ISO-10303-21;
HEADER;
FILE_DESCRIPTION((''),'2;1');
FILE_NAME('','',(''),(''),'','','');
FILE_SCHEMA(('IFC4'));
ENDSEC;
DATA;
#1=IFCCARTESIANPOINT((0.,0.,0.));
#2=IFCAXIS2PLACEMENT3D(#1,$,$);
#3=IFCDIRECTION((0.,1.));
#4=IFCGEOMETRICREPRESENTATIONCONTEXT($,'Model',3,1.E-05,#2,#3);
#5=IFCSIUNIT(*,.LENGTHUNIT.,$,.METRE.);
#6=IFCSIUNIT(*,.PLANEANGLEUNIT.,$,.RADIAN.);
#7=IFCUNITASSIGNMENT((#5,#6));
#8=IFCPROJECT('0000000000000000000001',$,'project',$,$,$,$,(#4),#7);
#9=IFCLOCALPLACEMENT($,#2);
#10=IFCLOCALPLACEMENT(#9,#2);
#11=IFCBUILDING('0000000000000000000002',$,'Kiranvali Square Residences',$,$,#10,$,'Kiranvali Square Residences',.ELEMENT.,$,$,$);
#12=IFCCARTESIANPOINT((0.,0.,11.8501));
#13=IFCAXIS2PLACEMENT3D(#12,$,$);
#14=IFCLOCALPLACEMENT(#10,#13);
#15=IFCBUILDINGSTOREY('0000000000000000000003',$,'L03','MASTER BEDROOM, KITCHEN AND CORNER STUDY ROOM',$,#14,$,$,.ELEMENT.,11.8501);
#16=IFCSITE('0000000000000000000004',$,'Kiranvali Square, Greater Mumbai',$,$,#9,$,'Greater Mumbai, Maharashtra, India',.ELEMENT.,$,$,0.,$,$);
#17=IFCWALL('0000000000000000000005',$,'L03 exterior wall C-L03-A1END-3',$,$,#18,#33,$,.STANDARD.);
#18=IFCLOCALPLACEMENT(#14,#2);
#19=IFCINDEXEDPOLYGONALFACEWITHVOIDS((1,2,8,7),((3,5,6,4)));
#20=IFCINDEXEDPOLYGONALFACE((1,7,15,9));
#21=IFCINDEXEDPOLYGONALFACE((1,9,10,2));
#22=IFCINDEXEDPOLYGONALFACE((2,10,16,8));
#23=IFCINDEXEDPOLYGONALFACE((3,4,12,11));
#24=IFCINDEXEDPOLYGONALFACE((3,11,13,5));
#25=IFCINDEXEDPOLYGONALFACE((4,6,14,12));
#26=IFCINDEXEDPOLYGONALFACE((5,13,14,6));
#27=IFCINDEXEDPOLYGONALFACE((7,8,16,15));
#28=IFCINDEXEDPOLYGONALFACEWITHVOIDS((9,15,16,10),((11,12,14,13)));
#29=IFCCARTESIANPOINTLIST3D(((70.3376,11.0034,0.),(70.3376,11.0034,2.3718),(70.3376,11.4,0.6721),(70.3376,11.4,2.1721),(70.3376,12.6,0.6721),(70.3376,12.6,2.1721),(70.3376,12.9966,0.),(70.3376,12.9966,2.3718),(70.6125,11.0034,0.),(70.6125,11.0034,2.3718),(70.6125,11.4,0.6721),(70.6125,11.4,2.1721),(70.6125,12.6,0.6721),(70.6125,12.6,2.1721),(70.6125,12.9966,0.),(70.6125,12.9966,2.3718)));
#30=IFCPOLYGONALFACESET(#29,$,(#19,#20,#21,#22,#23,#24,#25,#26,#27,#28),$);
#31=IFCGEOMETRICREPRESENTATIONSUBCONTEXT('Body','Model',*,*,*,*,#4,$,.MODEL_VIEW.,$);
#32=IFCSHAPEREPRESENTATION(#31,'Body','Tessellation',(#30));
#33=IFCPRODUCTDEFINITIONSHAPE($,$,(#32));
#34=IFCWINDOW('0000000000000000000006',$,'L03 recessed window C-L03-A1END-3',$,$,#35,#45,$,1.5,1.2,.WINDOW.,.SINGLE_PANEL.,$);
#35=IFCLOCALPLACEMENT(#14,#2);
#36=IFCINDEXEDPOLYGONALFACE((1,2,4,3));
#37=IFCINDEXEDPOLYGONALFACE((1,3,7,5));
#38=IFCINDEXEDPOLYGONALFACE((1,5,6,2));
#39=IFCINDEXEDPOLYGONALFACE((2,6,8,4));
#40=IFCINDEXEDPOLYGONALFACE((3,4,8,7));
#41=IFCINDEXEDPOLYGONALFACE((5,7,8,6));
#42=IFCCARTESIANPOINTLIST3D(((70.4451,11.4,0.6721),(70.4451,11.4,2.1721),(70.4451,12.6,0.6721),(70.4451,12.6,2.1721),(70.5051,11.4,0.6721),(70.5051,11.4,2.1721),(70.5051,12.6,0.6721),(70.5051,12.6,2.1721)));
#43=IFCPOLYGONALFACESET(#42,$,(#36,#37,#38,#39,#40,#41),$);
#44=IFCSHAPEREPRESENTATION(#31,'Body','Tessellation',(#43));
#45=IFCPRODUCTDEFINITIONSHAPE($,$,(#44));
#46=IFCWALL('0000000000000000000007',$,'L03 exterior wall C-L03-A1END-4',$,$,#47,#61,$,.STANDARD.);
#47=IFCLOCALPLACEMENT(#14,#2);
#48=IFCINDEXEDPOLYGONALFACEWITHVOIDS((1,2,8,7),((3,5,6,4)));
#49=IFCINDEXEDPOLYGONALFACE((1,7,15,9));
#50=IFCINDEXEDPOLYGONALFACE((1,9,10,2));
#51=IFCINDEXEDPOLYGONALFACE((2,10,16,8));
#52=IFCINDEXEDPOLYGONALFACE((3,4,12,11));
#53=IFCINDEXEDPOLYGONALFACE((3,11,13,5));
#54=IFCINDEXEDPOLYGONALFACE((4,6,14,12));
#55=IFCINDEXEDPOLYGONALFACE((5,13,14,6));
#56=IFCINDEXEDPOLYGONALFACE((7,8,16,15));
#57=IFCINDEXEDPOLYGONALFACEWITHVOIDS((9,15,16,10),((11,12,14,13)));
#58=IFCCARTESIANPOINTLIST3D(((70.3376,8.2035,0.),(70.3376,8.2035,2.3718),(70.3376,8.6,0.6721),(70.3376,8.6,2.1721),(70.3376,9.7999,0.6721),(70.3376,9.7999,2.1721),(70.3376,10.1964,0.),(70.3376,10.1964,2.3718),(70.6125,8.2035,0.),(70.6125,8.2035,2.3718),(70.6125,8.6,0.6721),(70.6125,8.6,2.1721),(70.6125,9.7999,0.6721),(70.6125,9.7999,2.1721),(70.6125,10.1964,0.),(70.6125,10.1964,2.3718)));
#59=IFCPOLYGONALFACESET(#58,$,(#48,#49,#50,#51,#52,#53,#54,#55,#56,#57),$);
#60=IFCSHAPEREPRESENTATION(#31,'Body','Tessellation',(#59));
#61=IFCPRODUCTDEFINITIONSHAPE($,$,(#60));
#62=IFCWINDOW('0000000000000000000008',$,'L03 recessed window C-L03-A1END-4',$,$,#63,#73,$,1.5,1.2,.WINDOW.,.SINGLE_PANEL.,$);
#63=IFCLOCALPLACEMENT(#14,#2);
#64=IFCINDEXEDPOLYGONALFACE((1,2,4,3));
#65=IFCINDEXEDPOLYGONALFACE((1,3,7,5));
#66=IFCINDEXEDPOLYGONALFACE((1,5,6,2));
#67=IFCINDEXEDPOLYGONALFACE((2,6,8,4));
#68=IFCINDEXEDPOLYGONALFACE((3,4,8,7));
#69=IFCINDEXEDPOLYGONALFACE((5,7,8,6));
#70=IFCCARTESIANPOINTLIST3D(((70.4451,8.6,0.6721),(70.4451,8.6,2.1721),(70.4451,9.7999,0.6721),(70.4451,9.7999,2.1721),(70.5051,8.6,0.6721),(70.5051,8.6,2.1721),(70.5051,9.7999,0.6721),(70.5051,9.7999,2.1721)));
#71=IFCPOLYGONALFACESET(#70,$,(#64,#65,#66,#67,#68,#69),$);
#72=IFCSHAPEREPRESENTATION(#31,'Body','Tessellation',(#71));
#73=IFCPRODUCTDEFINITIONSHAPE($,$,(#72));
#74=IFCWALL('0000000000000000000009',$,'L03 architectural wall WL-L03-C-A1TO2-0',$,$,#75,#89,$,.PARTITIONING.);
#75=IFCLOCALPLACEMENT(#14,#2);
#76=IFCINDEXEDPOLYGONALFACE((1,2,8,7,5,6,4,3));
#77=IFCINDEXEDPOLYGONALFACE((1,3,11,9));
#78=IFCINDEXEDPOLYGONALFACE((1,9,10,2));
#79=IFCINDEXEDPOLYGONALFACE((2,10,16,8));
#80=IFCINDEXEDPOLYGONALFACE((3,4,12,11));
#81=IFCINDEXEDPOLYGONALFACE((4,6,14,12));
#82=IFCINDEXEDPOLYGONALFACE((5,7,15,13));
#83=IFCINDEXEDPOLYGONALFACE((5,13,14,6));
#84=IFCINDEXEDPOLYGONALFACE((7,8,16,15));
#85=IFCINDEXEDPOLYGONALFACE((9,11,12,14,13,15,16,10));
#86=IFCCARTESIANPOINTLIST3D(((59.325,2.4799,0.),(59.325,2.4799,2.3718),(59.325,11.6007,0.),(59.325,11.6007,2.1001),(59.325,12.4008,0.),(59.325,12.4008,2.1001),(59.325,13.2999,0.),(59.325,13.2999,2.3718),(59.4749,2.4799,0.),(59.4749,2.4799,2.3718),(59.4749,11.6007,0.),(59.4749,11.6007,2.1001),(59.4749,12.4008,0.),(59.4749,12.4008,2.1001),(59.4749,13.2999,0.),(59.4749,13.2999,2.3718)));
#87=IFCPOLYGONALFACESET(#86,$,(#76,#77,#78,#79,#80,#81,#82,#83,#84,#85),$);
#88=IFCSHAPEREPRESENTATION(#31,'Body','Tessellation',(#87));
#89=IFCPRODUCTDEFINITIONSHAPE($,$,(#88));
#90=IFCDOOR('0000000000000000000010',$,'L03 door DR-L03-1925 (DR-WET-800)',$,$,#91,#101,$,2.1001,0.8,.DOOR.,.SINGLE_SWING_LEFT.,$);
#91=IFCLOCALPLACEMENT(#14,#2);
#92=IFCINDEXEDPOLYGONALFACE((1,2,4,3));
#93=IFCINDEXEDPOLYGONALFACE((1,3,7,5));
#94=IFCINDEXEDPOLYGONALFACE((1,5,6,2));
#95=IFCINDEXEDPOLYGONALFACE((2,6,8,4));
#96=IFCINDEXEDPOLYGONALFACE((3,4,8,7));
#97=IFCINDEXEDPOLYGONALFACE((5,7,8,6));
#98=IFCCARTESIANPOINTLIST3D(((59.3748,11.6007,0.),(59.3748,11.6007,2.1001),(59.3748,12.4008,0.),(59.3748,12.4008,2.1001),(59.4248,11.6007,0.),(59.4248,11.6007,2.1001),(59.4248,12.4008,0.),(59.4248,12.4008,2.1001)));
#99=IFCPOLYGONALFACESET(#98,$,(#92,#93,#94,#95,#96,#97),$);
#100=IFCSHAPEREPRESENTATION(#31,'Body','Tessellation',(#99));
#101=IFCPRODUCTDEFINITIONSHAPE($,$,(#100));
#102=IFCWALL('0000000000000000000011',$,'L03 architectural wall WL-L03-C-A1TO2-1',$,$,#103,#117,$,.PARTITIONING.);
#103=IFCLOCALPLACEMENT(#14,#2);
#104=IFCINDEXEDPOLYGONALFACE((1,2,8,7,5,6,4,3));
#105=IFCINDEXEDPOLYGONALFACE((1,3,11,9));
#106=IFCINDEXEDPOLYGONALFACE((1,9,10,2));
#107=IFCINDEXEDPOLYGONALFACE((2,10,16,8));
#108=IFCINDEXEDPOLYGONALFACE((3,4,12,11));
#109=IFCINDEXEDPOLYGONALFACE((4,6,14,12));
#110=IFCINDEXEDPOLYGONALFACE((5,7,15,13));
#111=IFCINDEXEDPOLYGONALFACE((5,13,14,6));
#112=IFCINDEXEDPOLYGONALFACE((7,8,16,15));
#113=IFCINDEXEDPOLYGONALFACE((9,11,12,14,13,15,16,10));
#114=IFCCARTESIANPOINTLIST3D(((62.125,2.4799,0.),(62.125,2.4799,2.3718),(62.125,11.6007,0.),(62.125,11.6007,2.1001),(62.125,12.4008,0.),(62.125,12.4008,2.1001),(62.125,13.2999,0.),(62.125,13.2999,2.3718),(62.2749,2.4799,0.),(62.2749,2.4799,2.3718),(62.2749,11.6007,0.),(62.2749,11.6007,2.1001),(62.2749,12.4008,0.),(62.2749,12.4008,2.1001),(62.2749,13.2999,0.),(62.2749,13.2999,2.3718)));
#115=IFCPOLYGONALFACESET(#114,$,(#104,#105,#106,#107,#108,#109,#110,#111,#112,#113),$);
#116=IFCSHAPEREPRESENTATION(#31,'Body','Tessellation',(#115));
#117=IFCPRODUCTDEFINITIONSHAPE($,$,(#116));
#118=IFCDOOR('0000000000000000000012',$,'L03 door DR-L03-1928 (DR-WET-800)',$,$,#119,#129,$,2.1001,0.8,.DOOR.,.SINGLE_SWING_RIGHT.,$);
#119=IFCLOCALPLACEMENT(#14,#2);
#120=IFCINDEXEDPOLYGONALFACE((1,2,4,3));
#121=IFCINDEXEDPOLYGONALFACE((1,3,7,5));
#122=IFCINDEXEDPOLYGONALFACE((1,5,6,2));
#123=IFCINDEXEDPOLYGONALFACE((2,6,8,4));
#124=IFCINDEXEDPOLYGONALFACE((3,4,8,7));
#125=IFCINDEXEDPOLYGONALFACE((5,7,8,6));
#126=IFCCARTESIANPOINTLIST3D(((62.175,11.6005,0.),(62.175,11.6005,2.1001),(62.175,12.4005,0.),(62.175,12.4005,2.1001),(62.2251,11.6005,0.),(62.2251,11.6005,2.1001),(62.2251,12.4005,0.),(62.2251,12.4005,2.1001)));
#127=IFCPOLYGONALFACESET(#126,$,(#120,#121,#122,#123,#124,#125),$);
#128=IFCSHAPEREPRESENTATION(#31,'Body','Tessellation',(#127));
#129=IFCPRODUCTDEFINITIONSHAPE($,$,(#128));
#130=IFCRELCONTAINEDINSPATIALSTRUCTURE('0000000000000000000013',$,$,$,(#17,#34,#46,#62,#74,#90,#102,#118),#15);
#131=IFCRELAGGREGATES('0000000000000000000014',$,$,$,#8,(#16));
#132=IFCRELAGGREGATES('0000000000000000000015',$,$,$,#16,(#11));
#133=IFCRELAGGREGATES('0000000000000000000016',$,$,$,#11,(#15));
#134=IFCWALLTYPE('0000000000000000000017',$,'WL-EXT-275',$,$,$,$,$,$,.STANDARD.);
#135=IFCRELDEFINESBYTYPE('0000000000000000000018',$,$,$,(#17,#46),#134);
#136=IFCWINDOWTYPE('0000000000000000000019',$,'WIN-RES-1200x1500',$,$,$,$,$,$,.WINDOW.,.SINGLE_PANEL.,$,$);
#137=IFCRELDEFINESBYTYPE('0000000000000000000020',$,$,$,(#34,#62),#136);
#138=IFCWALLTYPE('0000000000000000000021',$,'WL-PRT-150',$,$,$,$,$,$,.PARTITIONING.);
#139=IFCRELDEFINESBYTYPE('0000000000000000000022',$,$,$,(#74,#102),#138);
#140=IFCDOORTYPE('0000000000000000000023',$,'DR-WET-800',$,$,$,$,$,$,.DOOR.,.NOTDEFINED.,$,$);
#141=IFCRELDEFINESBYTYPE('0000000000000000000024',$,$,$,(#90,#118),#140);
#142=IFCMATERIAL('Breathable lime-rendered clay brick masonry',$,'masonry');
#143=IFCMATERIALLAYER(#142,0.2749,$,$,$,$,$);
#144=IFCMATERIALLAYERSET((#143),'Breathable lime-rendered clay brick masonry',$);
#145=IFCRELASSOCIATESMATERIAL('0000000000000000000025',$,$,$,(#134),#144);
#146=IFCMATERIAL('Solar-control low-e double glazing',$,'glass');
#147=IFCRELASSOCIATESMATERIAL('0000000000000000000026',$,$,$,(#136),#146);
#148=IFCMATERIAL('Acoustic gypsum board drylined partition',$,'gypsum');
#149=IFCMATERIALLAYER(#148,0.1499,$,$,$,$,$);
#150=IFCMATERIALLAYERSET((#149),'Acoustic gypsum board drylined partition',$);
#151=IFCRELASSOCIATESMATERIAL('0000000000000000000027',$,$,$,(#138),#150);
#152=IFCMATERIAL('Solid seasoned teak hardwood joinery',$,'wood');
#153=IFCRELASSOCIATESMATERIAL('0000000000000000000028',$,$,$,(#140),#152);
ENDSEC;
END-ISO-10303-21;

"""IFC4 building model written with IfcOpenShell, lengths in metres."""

from ifc_helpers import new_model, si_unit, direction, frame, frame_2d, origin, place, context, subcontext, project, spatial, rectangle, extrude, material, layer, layer_set, type_object, element, fill, save


model = new_model("IFC4")

# Units and contexts
model_context = context("Model", 3, precision=1e-05, world=origin(), true_north=direction((0.0, 1.0)))
body_context = subcontext(model_context, "Body", "Model", "MODEL_VIEW")
ifc_project = project(units=[si_unit("LENGTHUNIT", "METRE"), si_unit("PLANEANGLEUNIT", "RADIAN")], contexts=[model_context])

# Site, building, storey
site_placement = place(None, origin())
site = spatial("IfcSite", under=ifc_project, at=site_placement, Name="Kiranvali Square, Greater Mumbai", LongName="Greater Mumbai, Maharashtra, India", CompositionType="ELEMENT", RefElevation=0.0)
building_placement = place(site_placement, origin())
building = spatial("IfcBuilding", under=site, at=building_placement, Name="Kiranvali Square Residences", LongName="Kiranvali Square Residences", CompositionType="ELEMENT")
storey_placement = place(building_placement, frame((0.0, 0.0, 11.8501)))
storey = spatial("IfcBuildingStorey", under=building, at=storey_placement, Name="L03", Description="MASTER BEDROOM, KITCHEN AND CORNER STUDY ROOM", CompositionType="ELEMENT", Elevation=11.8501)

# Walls, openings, windows
ifc_material_1 = material(Name="Breathable lime-rendered clay brick masonry", Category="masonry")
ifc_layer_1 = layer(ifc_material_1, 0.2749)
ifc_layer_set_1 = layer_set([ifc_layer_1], Name="Breathable lime-rendered clay brick masonry")
wall_type_1 = type_object("IfcWallType", Name="WL-EXT-275", PredefinedType="STANDARD", material=ifc_layer_set_1)
wall_1_placement = place(storey_placement, frame((70.4751, 12.9966, 0.0), z_axis=(0.0, 0.0, 1.0), x_axis=(0.0, -1.0, 0.0)))
wall_1 = element("IfcWall", 1, at=wall_1_placement, inside=storey, type_object=wall_type_1, Name="L03 exterior wall C-L03-A1END-3", PredefinedType="STANDARD", context=body_context, shape_type="SweptSolid", body=[
    extrude(rectangle(XDim=1.9932, YDim=0.2749, at=frame_2d((0.9966, 0.0))), origin(), (0.0, 0.0, 1.0), 2.3718),
])
opening_1_placement = place(wall_1_placement, frame((0.3965, 0.0, 0.6721)))
opening_1 = element("IfcOpeningElement", 2, at=opening_1_placement, cuts=wall_1, PredefinedType="OPENING", context=body_context, shape_type="SweptSolid", body=[
    extrude(rectangle(XDim=1.2, YDim=1.5, at=frame_2d((0.6001, 0.75))), frame((0.0, 0.1475, 0.0), z_axis=(0.0, -1.0, 0.0), x_axis=(1.0, 0.0, 0.0)), (0.0, 0.0, 1.0), 0.2949),
])
ifc_material_2 = material(Name="Solar-control low-e double glazing", Category="glass")
window_type = type_object("IfcWindowType", Name="WIN-RES-1200x1500", PartitioningType="SINGLE_PANEL", PredefinedType="WINDOW", material=ifc_material_2)
window_1_placement = place(opening_1_placement, origin())
window_1 = element("IfcWindow", 3, at=window_1_placement, inside=storey, type_object=window_type, Name="L03 recessed window C-L03-A1END-3", OverallHeight=1.5, OverallWidth=1.2, PartitioningType="SINGLE_PANEL", PredefinedType="WINDOW", context=body_context, shape_type="SweptSolid", body=[
    extrude(rectangle(XDim=1.2, YDim=1.5, at=frame_2d((0.6001, 0.75))), frame((0.0, 0.03, 0.0), z_axis=(0.0, -1.0, 0.0), x_axis=(1.0, 0.0, 0.0)), (0.0, 0.0, 1.0), 0.0601),
])
fill(opening_1, window_1)
wall_2_placement = place(storey_placement, frame((70.4751, 10.1965, 0.0), z_axis=(0.0, 0.0, 1.0), x_axis=(0.0, -1.0, 0.0)))
wall_2 = element("IfcWall", 4, at=wall_2_placement, inside=storey, type_object=wall_type_1, Name="L03 exterior wall C-L03-A1END-4", PredefinedType="STANDARD", context=body_context, shape_type="SweptSolid", body=[
    extrude(rectangle(XDim=1.9929, YDim=0.2749, at=frame_2d((0.9966, 0.0))), origin(), (0.0, 0.0, 1.0), 2.3718),
])
opening_2_placement = place(wall_2_placement, frame((0.3965, 0.0, 0.6721)))
opening_2 = element("IfcOpeningElement", 5, at=opening_2_placement, cuts=wall_2, PredefinedType="OPENING", context=body_context, shape_type="SweptSolid", body=[
    extrude(rectangle(XDim=1.2, YDim=1.5, at=frame_2d((0.6001, 0.75))), frame((0.0, 0.1475, 0.0), z_axis=(0.0, -1.0, 0.0), x_axis=(1.0, 0.0, 0.0)), (0.0, 0.0, 1.0), 0.2949),
])
window_2_placement = place(opening_2_placement, origin())
window_2 = element("IfcWindow", 6, at=window_2_placement, inside=storey, type_object=window_type, Name="L03 recessed window C-L03-A1END-4", OverallHeight=1.5, OverallWidth=1.2, PartitioningType="SINGLE_PANEL", PredefinedType="WINDOW", context=body_context, shape_type="SweptSolid", body=[
    extrude(rectangle(XDim=1.2, YDim=1.5, at=frame_2d((0.6001, 0.75))), frame((0.0, 0.03, 0.0), z_axis=(0.0, -1.0, 0.0), x_axis=(1.0, 0.0, 0.0)), (0.0, 0.0, 1.0), 0.0601),
])
fill(opening_2, window_2)

# Walls, openings, doors
ifc_material_3 = material(Name="Acoustic gypsum board drylined partition", Category="gypsum")
ifc_layer_2 = layer(ifc_material_3, 0.1499)
ifc_layer_set_2 = layer_set([ifc_layer_2], Name="Acoustic gypsum board drylined partition")
wall_type_2 = type_object("IfcWallType", Name="WL-PRT-150", PredefinedType="PARTITIONING", material=ifc_layer_set_2)
wall_3_placement = place(storey_placement, frame((59.3999, 13.3, 0.0), z_axis=(0.0, 0.0, 1.0), x_axis=(0.0, -1.0, 0.0)))
wall_3 = element("IfcWall", 7, at=wall_3_placement, inside=storey, type_object=wall_type_2, Name="L03 architectural wall WL-L03-C-A1TO2-0", PredefinedType="PARTITIONING", context=body_context, shape_type="SweptSolid", body=[
    extrude(rectangle(XDim=10.8201, YDim=0.1499, at=frame_2d((5.4102, 0.0))), origin(), (0.0, 0.0, 1.0), 2.3718),
])
opening_3_placement = place(wall_3_placement, frame((0.8994, 0.0, 0.0)))
opening_3 = element("IfcOpeningElement", 8, at=opening_3_placement, cuts=wall_3, PredefinedType="OPENING", context=body_context, shape_type="SweptSolid", body=[
    extrude(rectangle(XDim=0.8, YDim=2.1001, at=frame_2d((0.3999, 1.05))), frame((0.0, 0.085, 0.0), z_axis=(0.0, -1.0, 0.0), x_axis=(1.0, 0.0, 0.0)), (0.0, 0.0, 1.0), 0.1699),
])
ifc_material_4 = material(Name="Solid seasoned teak hardwood joinery", Category="wood")
door_type = type_object("IfcDoorType", Name="DR-WET-800", OperationType="NOTDEFINED", PredefinedType="DOOR", material=ifc_material_4)
door_1_placement = place(opening_3_placement, origin())
door_1 = element("IfcDoor", 9, at=door_1_placement, inside=storey, type_object=door_type, Name="L03 door DR-L03-1925 (DR-WET-800)", OperationType="SINGLE_SWING_LEFT", OverallHeight=2.1001, OverallWidth=0.8, PredefinedType="DOOR", context=body_context, shape_type="SweptSolid", body=[
    extrude(rectangle(XDim=0.8, YDim=2.1001, at=frame_2d((0.3999, 1.05))), frame((0.0, 0.0249, 0.0), z_axis=(0.0, -1.0, 0.0), x_axis=(1.0, 0.0, 0.0)), (0.0, 0.0, 1.0), 0.05),
])
fill(opening_3, door_1)
wall_4_placement = place(storey_placement, frame((62.2, 13.3, 0.0), z_axis=(0.0, 0.0, 1.0), x_axis=(0.0, -1.0, 0.0)))
wall_4 = element("IfcWall", 10, at=wall_4_placement, inside=storey, type_object=wall_type_2, Name="L03 architectural wall WL-L03-C-A1TO2-1", PredefinedType="PARTITIONING", context=body_context, shape_type="SweptSolid", body=[
    extrude(rectangle(XDim=10.8201, YDim=0.1499, at=frame_2d((5.4102, 0.0))), origin(), (0.0, 0.0, 1.0), 2.3718),
])
opening_4_placement = place(wall_4_placement, frame((0.8994, 0.0, 0.0)))
opening_4 = element("IfcOpeningElement", 11, at=opening_4_placement, cuts=wall_4, PredefinedType="OPENING", context=body_context, shape_type="SweptSolid", body=[
    extrude(rectangle(XDim=0.8, YDim=2.1001, at=frame_2d((0.3999, 1.05))), frame((0.0, 0.085, 0.0), z_axis=(0.0, -1.0, 0.0), x_axis=(1.0, 0.0, 0.0)), (0.0, 0.0, 1.0), 0.1699),
])
door_2_placement = place(opening_4_placement, frame((0.8, 0.0, 0.0), z_axis=(0.0, 0.0, 1.0), x_axis=(-1.0, 0.0, 0.0)))
door_2 = element("IfcDoor", 12, at=door_2_placement, inside=storey, type_object=door_type, Name="L03 door DR-L03-1928 (DR-WET-800)", OperationType="SINGLE_SWING_RIGHT", OverallHeight=2.1001, OverallWidth=0.8, PredefinedType="DOOR", context=body_context, shape_type="SweptSolid", body=[
    extrude(rectangle(XDim=0.8, YDim=2.1001, at=frame_2d((0.3999, 1.05))), frame((0.0, 0.0249, 0.0), z_axis=(0.0, -1.0, 0.0), x_axis=(1.0, 0.0, 0.0)), (0.0, 0.0, 1.0), 0.05),
])
fill(opening_4, door_2)

save(model, "model.ifc")
